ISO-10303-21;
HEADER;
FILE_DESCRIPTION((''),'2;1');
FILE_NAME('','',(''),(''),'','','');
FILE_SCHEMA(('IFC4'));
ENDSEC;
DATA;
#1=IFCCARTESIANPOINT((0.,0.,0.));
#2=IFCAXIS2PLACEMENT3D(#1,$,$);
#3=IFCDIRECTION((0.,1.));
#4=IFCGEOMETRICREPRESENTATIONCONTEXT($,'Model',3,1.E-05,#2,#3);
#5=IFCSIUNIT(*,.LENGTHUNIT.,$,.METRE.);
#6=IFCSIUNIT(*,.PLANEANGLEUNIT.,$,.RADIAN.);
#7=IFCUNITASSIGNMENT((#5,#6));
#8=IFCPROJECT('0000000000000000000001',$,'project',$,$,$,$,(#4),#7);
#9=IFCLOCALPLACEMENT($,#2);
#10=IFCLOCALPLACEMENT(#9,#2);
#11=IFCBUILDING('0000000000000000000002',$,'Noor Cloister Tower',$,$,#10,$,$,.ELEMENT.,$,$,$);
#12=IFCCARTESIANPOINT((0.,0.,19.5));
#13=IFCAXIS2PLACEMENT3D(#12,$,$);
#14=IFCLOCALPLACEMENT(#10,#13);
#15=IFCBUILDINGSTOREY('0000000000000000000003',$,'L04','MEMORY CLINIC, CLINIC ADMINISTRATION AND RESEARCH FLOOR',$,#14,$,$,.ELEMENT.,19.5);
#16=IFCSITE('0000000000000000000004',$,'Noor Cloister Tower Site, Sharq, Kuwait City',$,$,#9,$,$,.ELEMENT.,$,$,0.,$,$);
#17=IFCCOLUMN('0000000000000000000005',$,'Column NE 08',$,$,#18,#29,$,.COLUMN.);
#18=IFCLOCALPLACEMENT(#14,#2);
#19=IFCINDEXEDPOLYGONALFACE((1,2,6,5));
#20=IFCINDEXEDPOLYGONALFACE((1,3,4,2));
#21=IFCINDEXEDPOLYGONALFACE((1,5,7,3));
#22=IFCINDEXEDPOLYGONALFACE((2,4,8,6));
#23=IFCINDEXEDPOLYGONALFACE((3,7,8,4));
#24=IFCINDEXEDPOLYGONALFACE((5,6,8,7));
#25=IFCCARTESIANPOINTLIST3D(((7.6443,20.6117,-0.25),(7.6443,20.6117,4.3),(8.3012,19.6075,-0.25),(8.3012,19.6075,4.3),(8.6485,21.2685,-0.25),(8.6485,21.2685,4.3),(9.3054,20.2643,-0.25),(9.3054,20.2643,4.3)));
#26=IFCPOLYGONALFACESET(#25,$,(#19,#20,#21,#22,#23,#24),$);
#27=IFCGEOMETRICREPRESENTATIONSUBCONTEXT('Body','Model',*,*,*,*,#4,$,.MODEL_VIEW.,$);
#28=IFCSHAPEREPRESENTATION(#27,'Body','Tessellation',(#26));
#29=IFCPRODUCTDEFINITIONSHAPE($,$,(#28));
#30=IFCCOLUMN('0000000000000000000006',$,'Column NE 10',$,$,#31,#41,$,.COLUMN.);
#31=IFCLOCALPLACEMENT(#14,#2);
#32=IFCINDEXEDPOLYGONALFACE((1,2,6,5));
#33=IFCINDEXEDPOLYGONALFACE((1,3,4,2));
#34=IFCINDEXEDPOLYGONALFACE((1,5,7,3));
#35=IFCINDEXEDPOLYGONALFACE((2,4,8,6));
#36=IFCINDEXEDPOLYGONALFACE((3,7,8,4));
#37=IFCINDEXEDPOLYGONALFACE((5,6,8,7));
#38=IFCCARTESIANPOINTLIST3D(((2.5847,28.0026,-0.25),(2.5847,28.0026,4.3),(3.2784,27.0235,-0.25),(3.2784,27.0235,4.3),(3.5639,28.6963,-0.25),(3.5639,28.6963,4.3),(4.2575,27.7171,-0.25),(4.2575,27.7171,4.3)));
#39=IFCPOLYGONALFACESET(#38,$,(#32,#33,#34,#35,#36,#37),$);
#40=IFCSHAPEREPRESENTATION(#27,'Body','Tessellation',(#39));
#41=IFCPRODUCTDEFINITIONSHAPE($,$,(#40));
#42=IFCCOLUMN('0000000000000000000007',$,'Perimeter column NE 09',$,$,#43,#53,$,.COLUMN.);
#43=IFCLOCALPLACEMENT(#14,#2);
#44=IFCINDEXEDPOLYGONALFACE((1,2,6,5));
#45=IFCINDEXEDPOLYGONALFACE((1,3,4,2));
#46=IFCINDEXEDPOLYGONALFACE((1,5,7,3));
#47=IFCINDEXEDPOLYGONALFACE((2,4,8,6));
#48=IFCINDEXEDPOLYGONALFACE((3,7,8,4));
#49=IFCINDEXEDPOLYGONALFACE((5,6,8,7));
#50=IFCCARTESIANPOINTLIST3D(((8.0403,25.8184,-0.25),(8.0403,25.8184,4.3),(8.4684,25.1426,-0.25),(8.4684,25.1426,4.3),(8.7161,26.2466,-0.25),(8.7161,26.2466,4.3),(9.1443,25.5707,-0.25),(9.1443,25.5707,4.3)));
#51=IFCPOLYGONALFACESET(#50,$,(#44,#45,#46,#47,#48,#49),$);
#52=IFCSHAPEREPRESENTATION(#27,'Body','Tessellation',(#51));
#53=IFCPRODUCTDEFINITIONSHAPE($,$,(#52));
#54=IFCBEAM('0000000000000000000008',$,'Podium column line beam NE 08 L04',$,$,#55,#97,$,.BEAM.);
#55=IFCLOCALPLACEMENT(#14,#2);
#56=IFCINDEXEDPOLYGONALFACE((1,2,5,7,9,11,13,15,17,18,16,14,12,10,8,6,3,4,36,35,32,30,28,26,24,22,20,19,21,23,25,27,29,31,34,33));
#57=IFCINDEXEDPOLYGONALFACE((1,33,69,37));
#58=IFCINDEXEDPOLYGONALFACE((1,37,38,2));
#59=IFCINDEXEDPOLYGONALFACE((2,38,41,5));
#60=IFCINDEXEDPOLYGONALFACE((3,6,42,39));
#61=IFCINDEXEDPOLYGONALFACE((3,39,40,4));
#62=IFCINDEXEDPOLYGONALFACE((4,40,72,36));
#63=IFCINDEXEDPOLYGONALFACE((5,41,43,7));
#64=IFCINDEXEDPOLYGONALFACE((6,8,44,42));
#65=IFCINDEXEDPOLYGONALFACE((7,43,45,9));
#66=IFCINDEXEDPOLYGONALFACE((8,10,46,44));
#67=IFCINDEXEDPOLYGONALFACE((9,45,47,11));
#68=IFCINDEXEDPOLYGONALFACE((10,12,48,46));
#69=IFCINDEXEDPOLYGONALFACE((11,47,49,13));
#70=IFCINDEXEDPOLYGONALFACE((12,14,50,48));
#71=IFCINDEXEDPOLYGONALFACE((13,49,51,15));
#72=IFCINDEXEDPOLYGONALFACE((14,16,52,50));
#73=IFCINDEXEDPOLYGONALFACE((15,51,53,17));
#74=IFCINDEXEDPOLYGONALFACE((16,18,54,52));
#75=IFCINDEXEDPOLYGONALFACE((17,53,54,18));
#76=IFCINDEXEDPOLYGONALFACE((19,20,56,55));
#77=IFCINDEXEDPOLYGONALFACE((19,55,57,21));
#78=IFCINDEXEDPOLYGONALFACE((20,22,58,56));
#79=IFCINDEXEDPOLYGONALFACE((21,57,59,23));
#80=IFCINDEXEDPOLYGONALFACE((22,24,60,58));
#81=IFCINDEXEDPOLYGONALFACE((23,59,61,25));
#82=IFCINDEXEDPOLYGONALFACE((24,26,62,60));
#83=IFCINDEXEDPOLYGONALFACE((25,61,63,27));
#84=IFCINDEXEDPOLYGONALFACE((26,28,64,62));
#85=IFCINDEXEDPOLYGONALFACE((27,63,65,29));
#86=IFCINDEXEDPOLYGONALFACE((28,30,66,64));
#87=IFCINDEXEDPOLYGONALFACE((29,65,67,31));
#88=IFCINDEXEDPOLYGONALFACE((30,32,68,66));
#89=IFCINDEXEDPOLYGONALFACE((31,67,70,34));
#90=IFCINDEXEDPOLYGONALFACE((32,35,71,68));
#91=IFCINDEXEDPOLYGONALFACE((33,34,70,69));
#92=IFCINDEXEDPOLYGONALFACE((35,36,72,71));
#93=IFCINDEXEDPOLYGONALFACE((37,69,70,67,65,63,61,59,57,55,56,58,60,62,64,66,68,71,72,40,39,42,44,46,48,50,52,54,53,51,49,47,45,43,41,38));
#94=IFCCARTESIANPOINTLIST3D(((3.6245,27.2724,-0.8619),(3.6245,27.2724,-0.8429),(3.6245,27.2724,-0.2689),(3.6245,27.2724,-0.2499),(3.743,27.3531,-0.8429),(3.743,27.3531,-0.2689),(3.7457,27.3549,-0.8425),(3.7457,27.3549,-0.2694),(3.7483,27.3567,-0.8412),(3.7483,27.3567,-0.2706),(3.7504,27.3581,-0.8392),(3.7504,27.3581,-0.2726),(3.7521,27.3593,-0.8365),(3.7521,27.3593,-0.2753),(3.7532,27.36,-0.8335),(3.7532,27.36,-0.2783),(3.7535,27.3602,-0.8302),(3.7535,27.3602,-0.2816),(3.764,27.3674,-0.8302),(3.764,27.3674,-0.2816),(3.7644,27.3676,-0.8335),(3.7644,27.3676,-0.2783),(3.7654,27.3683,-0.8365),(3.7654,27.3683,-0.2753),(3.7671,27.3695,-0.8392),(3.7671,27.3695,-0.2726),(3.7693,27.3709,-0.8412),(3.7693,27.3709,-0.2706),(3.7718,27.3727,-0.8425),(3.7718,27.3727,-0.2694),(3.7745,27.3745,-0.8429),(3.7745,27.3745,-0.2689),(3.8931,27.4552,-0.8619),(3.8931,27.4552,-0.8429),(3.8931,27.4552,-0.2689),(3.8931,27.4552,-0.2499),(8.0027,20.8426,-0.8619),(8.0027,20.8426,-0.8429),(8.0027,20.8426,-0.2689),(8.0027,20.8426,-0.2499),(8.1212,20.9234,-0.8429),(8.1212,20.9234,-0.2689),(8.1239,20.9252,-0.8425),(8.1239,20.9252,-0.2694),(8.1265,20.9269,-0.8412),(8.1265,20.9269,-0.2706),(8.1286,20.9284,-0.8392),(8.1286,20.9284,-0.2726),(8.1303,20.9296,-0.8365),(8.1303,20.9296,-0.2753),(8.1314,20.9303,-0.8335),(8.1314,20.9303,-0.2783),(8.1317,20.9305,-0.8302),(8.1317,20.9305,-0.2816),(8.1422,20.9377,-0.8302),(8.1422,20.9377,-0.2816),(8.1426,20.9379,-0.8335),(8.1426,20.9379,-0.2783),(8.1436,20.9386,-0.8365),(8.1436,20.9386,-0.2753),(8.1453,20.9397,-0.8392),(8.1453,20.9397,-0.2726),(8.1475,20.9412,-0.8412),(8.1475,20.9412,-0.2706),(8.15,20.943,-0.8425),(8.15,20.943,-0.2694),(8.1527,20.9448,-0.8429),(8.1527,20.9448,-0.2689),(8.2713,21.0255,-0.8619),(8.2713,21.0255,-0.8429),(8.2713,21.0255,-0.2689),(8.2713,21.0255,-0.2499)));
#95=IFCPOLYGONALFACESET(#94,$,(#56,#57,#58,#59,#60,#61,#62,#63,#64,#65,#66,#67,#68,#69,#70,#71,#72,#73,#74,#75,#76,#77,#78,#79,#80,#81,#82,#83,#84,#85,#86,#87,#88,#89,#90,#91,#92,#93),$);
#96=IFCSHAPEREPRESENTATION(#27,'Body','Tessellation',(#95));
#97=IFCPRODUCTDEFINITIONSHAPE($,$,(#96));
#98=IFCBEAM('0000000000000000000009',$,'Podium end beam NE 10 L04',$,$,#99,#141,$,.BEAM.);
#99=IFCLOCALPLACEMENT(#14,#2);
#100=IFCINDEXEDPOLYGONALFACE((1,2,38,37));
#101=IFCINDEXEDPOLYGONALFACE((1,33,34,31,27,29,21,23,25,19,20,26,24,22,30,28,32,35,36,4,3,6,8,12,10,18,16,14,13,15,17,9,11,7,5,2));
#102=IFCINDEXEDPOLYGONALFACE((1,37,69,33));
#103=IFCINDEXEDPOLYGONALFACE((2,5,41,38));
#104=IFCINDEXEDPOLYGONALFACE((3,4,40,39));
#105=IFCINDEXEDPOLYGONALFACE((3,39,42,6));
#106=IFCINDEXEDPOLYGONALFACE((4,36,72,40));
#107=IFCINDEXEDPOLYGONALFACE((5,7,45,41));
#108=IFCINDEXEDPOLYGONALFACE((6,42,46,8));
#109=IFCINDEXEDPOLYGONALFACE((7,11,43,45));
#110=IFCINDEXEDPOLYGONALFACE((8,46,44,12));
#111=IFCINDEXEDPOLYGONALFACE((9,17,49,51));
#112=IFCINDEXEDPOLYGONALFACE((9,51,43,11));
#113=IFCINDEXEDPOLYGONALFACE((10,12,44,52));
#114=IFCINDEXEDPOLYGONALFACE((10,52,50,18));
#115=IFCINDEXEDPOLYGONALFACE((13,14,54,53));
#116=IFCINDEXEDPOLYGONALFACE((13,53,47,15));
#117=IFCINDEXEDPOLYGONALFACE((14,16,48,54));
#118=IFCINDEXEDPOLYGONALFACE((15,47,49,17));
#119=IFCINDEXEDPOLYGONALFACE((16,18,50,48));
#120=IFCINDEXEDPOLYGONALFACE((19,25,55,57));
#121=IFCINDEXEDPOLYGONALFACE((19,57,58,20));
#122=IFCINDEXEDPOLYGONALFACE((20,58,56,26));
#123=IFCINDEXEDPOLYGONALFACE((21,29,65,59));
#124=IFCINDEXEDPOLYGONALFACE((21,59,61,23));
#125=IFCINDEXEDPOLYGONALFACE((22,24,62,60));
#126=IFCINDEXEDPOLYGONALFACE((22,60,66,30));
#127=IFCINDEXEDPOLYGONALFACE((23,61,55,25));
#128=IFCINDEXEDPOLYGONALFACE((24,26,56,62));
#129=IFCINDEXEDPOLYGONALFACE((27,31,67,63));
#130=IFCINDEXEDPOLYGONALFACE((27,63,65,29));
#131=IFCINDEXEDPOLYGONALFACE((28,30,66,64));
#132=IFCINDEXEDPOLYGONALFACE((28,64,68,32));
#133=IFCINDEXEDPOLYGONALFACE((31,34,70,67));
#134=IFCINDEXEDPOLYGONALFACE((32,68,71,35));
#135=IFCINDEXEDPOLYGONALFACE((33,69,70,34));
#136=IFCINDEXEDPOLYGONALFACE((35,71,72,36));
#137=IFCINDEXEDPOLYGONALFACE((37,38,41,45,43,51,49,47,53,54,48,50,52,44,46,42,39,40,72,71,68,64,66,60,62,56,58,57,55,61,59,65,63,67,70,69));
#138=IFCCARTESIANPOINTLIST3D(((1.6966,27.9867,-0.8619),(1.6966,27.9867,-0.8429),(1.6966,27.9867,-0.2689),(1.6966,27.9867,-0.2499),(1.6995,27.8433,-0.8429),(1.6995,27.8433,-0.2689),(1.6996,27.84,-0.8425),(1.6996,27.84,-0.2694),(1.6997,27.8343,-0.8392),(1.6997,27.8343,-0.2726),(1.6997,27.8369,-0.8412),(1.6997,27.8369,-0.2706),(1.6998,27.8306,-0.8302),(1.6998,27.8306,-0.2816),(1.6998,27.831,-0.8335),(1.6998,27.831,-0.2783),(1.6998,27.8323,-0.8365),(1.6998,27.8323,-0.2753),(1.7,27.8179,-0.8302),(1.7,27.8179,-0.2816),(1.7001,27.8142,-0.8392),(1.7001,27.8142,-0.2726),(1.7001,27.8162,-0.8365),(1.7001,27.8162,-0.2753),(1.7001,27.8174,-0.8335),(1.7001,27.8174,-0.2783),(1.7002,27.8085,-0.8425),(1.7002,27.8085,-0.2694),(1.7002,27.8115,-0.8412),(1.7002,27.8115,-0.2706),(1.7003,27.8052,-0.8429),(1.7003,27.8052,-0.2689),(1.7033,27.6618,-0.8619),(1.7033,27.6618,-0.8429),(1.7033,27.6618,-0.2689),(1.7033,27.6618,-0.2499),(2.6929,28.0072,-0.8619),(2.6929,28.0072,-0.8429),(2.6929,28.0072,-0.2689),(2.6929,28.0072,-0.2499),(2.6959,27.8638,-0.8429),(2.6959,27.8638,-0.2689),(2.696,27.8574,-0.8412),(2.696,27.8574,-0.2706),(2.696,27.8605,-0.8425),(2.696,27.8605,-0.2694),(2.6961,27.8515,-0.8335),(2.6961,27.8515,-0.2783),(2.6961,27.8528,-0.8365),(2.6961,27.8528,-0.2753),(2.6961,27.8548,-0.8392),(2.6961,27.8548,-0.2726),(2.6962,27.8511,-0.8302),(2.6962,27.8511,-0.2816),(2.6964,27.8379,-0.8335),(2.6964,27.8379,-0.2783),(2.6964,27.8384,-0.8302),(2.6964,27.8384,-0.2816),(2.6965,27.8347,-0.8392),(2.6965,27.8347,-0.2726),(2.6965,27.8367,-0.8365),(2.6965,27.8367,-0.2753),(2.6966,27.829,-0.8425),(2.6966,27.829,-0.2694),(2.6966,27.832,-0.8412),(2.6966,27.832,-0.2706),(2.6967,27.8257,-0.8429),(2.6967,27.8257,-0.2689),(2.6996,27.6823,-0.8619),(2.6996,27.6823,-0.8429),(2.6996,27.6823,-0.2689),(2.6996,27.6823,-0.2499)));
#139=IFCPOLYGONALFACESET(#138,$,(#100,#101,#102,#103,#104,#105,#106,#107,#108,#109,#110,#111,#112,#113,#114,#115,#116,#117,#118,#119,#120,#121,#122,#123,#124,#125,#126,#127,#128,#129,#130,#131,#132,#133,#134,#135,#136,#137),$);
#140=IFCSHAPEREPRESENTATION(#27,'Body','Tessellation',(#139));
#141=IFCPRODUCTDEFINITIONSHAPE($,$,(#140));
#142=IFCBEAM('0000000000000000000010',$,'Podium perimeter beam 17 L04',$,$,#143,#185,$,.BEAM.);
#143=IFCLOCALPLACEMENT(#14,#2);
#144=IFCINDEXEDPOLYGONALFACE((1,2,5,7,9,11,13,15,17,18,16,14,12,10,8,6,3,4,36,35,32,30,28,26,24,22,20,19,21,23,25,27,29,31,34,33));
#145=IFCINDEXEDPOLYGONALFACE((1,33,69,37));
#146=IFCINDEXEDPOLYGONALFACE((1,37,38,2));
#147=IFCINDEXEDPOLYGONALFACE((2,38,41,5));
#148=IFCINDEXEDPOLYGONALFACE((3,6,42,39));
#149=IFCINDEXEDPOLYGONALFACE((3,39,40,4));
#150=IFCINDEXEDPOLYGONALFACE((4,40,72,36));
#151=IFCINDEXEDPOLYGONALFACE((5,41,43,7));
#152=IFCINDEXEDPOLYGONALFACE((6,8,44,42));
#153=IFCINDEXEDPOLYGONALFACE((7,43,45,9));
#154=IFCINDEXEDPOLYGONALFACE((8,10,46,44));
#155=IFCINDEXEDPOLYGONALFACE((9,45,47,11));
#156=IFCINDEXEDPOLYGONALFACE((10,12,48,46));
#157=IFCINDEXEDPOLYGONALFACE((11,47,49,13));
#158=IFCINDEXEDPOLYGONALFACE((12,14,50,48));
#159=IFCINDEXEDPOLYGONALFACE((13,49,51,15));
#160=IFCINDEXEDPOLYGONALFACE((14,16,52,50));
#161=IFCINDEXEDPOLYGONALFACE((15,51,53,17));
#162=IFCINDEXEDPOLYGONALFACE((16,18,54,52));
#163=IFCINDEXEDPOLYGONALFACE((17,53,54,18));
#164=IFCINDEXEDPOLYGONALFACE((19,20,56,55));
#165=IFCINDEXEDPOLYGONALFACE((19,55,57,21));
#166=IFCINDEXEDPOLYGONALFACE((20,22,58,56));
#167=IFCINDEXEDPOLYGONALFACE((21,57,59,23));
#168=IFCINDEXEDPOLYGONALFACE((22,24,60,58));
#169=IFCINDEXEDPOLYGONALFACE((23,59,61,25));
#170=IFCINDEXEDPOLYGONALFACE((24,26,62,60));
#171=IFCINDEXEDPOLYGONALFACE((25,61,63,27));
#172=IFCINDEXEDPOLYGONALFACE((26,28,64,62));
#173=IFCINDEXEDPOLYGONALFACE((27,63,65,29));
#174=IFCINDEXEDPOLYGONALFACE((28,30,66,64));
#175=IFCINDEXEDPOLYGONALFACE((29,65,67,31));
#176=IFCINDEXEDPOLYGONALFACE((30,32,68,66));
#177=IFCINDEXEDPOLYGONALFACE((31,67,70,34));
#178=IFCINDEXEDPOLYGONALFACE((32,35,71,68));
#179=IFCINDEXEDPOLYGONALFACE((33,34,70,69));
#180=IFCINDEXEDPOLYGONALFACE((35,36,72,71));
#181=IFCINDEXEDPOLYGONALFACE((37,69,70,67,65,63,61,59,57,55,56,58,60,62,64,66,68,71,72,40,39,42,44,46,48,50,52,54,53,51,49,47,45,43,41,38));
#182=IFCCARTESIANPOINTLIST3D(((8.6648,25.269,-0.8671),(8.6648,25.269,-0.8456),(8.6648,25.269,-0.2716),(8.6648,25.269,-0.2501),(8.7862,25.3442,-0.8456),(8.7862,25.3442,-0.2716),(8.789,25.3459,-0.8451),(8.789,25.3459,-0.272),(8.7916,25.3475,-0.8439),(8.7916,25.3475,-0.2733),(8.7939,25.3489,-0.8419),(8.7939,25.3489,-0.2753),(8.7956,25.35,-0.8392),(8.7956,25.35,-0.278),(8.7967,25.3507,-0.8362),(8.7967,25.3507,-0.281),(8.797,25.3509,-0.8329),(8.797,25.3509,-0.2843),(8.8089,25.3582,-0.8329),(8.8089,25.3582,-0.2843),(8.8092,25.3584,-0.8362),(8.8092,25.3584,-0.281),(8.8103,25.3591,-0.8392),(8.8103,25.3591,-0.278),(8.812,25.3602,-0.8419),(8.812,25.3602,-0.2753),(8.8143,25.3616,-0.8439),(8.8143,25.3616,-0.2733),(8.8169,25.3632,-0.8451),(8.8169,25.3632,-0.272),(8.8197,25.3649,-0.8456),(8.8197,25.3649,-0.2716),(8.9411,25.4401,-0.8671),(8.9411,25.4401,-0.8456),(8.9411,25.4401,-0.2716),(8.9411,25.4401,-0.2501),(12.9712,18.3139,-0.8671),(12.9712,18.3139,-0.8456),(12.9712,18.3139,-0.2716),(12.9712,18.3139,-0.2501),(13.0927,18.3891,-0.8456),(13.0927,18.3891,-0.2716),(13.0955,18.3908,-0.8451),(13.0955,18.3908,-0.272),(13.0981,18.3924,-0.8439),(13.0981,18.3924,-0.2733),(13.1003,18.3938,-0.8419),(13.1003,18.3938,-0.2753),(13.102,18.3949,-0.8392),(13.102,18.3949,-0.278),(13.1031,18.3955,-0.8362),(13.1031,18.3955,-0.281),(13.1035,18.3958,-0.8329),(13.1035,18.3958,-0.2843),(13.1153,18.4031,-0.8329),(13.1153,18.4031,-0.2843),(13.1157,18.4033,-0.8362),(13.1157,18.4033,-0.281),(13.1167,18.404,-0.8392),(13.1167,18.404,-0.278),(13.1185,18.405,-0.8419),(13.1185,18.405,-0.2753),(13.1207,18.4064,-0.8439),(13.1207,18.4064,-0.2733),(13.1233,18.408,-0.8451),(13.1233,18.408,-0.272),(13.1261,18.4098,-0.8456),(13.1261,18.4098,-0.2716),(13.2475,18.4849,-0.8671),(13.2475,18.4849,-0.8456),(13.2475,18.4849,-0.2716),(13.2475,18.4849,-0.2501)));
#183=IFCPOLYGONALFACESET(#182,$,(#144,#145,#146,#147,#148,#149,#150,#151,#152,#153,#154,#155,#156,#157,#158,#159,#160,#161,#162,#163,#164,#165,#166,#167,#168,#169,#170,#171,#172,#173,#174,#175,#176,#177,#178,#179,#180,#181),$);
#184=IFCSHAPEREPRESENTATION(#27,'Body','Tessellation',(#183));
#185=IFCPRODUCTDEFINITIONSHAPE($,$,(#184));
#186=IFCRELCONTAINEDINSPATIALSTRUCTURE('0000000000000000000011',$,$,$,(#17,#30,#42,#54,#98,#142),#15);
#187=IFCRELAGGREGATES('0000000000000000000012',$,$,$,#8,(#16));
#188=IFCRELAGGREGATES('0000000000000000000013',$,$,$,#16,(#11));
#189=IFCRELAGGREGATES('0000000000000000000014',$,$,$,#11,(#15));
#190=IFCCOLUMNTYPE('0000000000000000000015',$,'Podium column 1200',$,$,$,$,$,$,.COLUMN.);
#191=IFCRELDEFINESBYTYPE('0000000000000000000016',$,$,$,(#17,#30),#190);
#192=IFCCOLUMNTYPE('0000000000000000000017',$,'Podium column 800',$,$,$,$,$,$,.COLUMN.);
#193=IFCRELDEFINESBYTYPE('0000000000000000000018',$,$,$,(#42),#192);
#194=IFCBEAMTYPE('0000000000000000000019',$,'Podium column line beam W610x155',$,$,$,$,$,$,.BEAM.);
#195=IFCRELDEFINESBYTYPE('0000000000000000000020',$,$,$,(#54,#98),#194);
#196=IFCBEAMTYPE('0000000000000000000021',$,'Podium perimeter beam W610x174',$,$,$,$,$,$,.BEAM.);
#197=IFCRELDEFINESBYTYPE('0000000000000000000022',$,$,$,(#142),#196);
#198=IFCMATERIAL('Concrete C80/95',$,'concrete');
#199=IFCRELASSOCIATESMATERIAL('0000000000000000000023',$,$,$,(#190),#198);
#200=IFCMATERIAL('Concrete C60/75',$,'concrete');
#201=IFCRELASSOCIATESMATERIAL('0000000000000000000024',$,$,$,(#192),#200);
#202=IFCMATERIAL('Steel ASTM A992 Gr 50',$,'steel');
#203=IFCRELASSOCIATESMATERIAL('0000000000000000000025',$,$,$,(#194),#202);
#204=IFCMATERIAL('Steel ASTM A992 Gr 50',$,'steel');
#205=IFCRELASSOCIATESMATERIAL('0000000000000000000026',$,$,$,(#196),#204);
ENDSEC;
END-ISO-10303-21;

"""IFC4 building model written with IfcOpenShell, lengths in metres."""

from ifc_helpers import new_model, si_unit, direction, frame, origin, origin_2d, place, context, subcontext, project, spatial, rectangle, i_section, extrude, material, material_profile, profile_set, type_object, element, save


model = new_model("IFC4")

# Units and contexts
model_context = context("Model", 3, precision=1e-05, world=origin(), true_north=direction((0.0, 1.0)))
body_context = subcontext(model_context, "Body", "Model", "MODEL_VIEW")
ifc_project = project(units=[si_unit("LENGTHUNIT", "METRE"), si_unit("PLANEANGLEUNIT", "RADIAN")], contexts=[model_context])

# Site, building, storey
site_placement = place(None, origin())
site = spatial("IfcSite", under=ifc_project, at=site_placement, Name="Noor Cloister Tower Site, Sharq, Kuwait City", CompositionType="ELEMENT", RefElevation=0.0)
building_placement = place(site_placement, origin())
building = spatial("IfcBuilding", under=site, at=building_placement, Name="Noor Cloister Tower", CompositionType="ELEMENT")
storey_placement = place(building_placement, frame((0.0, 0.0, 19.5)))
storey = spatial("IfcBuildingStorey", under=building, at=storey_placement, Name="L04", Description="MEMORY CLINIC, CLINIC ADMINISTRATION AND RESEARCH FLOOR", CompositionType="ELEMENT", Elevation=19.5)

# Columns
ifc_material_1 = material(Name="Concrete C80/95", Category="concrete")
ifc_material_profile_1 = material_profile(ifc_material_1, rectangle(XDim=1.2, YDim=1.2, at=origin_2d()), Name="Podium column 1200")
ifc_profile_set_1 = profile_set([ifc_material_profile_1], Name="Concrete C80/95")
column_type_1 = type_object("IfcColumnType", Name="Podium column 1200", PredefinedType="COLUMN", material=ifc_profile_set_1)
for number, where, z_axis, x_axis, name in (
    (1, (8.4749, 20.438, -0.25), (0.0, 0.0, 1.0), (0.836868, 0.547405, 0.0), "Column NE 08"),
    (2, (3.4211, 27.8599, -0.25), (0.0, 0.0, 1.0), (0.815983, 0.578076, 0.0), "Column NE 10"),
):
    element("IfcColumn", number, at=place(storey_placement, frame(where, z_axis=z_axis, x_axis=x_axis)), inside=storey, type_object=column_type_1, Name=name, PredefinedType="COLUMN", context=body_context, shape_type="SweptSolid", body=[
        extrude(rectangle(XDim=1.2, YDim=1.2, at=origin_2d()), origin(), (0.0, 0.0, 1.0), 4.55),
    ])
ifc_material_2 = material(Name="Concrete C60/75", Category="concrete")
ifc_material_profile_2 = material_profile(ifc_material_2, rectangle(XDim=0.8, YDim=0.8, at=origin_2d()), Name="Podium column 800")
ifc_profile_set_2 = profile_set([ifc_material_profile_2], Name="Concrete C60/75")
column_type_2 = type_object("IfcColumnType", Name="Podium column 800", PredefinedType="COLUMN", material=ifc_profile_set_2)
column_placement = place(storey_placement, frame((8.5923, 25.6946, -0.25), z_axis=(0.0, 0.0, 1.0), x_axis=(0.844762, 0.535142, 0.0)))
element("IfcColumn", 3, at=column_placement, inside=storey, type_object=column_type_2, Name="Perimeter column NE 09", PredefinedType="COLUMN", context=body_context, shape_type="SweptSolid", body=[
    extrude(rectangle(XDim=0.8, YDim=0.8, at=origin_2d()), origin(), (0.0, 0.0, 1.0), 4.55),
])

# Beams
ifc_material_3 = material(Name="Steel ASTM A992 Gr 50", Category="steel")
ifc_material_profile_3 = material_profile(ifc_material_3, i_section(OverallWidth=0.325, OverallDepth=0.6121, WebThickness=0.0127, FlangeThickness=0.019, FilletRadius=0.0127, at=origin_2d()), Name="W610x155")
ifc_profile_set_3 = profile_set([ifc_material_profile_3], Name="Steel ASTM A992 Gr 50")
beam_type_1 = type_object("IfcBeamType", Name="Podium column line beam W610x155", PredefinedType="BEAM", material=ifc_profile_set_3)
beam_1_placement = place(storey_placement, frame((8.137, 20.9341, -0.5559), z_axis=(-0.562836, 0.826568, 0.0), x_axis=(-0.826568, -0.562836, 0.0)))
element("IfcBeam", 4, at=beam_1_placement, inside=storey, type_object=beam_type_1, Name="Podium column line beam NE 08 L04", PredefinedType="BEAM", context=body_context, shape_type="SweptSolid", body=[
    extrude(i_section(OverallWidth=0.325, OverallDepth=0.6121, WebThickness=0.0127, FlangeThickness=0.019, FilletRadius=0.0127, at=origin_2d()), origin(), (0.0, 0.0, 1.0), 7.7788),
])
beam_2_placement = place(storey_placement, frame((2.6963, 27.8447, -0.5559), z_axis=(-0.999788, -0.020579, 0.0), x_axis=(0.020579, -0.999788, 0.0)))
element("IfcBeam", 5, at=beam_2_placement, inside=storey, type_object=beam_type_1, Name="Podium end beam NE 10 L04", PredefinedType="BEAM", context=body_context, shape_type="SweptSolid", body=[
    extrude(i_section(OverallWidth=0.325, OverallDepth=0.6121, WebThickness=0.0127, FlangeThickness=0.019, FilletRadius=0.0127, at=origin_2d()), origin(), (0.0, 0.0, 1.0), 0.9966),
])
ifc_material_4 = material(Name="Steel ASTM A992 Gr 50", Category="steel")
ifc_material_profile_4 = material_profile(ifc_material_4, i_section(OverallWidth=0.325, OverallDepth=0.6169, WebThickness=0.0139, FlangeThickness=0.0215, FilletRadius=0.0127, at=origin_2d()), Name="W610x174")
ifc_profile_set_4 = profile_set([ifc_material_profile_4], Name="Steel ASTM A992 Gr 50")
beam_type_2 = type_object("IfcBeamType", Name="Podium perimeter beam W610x174", PredefinedType="BEAM", material=ifc_profile_set_4)
beam_3_placement = place(storey_placement, frame((13.1094, 18.3994, -0.5586), z_axis=(-0.526432, 0.850217, 0.0), x_axis=(-0.850217, -0.526432, 0.0)))
element("IfcBeam", 6, at=beam_3_placement, inside=storey, type_object=beam_type_2, Name="Podium perimeter beam 17 L04", PredefinedType="BEAM", context=body_context, shape_type="SweptSolid", body=[
    extrude(i_section(OverallWidth=0.325, OverallDepth=0.6169, WebThickness=0.0139, FlangeThickness=0.0215, FilletRadius=0.0127, at=origin_2d()), origin(), (0.0, 0.0, 1.0), 8.1804),
])

save(model, "model.ifc")
